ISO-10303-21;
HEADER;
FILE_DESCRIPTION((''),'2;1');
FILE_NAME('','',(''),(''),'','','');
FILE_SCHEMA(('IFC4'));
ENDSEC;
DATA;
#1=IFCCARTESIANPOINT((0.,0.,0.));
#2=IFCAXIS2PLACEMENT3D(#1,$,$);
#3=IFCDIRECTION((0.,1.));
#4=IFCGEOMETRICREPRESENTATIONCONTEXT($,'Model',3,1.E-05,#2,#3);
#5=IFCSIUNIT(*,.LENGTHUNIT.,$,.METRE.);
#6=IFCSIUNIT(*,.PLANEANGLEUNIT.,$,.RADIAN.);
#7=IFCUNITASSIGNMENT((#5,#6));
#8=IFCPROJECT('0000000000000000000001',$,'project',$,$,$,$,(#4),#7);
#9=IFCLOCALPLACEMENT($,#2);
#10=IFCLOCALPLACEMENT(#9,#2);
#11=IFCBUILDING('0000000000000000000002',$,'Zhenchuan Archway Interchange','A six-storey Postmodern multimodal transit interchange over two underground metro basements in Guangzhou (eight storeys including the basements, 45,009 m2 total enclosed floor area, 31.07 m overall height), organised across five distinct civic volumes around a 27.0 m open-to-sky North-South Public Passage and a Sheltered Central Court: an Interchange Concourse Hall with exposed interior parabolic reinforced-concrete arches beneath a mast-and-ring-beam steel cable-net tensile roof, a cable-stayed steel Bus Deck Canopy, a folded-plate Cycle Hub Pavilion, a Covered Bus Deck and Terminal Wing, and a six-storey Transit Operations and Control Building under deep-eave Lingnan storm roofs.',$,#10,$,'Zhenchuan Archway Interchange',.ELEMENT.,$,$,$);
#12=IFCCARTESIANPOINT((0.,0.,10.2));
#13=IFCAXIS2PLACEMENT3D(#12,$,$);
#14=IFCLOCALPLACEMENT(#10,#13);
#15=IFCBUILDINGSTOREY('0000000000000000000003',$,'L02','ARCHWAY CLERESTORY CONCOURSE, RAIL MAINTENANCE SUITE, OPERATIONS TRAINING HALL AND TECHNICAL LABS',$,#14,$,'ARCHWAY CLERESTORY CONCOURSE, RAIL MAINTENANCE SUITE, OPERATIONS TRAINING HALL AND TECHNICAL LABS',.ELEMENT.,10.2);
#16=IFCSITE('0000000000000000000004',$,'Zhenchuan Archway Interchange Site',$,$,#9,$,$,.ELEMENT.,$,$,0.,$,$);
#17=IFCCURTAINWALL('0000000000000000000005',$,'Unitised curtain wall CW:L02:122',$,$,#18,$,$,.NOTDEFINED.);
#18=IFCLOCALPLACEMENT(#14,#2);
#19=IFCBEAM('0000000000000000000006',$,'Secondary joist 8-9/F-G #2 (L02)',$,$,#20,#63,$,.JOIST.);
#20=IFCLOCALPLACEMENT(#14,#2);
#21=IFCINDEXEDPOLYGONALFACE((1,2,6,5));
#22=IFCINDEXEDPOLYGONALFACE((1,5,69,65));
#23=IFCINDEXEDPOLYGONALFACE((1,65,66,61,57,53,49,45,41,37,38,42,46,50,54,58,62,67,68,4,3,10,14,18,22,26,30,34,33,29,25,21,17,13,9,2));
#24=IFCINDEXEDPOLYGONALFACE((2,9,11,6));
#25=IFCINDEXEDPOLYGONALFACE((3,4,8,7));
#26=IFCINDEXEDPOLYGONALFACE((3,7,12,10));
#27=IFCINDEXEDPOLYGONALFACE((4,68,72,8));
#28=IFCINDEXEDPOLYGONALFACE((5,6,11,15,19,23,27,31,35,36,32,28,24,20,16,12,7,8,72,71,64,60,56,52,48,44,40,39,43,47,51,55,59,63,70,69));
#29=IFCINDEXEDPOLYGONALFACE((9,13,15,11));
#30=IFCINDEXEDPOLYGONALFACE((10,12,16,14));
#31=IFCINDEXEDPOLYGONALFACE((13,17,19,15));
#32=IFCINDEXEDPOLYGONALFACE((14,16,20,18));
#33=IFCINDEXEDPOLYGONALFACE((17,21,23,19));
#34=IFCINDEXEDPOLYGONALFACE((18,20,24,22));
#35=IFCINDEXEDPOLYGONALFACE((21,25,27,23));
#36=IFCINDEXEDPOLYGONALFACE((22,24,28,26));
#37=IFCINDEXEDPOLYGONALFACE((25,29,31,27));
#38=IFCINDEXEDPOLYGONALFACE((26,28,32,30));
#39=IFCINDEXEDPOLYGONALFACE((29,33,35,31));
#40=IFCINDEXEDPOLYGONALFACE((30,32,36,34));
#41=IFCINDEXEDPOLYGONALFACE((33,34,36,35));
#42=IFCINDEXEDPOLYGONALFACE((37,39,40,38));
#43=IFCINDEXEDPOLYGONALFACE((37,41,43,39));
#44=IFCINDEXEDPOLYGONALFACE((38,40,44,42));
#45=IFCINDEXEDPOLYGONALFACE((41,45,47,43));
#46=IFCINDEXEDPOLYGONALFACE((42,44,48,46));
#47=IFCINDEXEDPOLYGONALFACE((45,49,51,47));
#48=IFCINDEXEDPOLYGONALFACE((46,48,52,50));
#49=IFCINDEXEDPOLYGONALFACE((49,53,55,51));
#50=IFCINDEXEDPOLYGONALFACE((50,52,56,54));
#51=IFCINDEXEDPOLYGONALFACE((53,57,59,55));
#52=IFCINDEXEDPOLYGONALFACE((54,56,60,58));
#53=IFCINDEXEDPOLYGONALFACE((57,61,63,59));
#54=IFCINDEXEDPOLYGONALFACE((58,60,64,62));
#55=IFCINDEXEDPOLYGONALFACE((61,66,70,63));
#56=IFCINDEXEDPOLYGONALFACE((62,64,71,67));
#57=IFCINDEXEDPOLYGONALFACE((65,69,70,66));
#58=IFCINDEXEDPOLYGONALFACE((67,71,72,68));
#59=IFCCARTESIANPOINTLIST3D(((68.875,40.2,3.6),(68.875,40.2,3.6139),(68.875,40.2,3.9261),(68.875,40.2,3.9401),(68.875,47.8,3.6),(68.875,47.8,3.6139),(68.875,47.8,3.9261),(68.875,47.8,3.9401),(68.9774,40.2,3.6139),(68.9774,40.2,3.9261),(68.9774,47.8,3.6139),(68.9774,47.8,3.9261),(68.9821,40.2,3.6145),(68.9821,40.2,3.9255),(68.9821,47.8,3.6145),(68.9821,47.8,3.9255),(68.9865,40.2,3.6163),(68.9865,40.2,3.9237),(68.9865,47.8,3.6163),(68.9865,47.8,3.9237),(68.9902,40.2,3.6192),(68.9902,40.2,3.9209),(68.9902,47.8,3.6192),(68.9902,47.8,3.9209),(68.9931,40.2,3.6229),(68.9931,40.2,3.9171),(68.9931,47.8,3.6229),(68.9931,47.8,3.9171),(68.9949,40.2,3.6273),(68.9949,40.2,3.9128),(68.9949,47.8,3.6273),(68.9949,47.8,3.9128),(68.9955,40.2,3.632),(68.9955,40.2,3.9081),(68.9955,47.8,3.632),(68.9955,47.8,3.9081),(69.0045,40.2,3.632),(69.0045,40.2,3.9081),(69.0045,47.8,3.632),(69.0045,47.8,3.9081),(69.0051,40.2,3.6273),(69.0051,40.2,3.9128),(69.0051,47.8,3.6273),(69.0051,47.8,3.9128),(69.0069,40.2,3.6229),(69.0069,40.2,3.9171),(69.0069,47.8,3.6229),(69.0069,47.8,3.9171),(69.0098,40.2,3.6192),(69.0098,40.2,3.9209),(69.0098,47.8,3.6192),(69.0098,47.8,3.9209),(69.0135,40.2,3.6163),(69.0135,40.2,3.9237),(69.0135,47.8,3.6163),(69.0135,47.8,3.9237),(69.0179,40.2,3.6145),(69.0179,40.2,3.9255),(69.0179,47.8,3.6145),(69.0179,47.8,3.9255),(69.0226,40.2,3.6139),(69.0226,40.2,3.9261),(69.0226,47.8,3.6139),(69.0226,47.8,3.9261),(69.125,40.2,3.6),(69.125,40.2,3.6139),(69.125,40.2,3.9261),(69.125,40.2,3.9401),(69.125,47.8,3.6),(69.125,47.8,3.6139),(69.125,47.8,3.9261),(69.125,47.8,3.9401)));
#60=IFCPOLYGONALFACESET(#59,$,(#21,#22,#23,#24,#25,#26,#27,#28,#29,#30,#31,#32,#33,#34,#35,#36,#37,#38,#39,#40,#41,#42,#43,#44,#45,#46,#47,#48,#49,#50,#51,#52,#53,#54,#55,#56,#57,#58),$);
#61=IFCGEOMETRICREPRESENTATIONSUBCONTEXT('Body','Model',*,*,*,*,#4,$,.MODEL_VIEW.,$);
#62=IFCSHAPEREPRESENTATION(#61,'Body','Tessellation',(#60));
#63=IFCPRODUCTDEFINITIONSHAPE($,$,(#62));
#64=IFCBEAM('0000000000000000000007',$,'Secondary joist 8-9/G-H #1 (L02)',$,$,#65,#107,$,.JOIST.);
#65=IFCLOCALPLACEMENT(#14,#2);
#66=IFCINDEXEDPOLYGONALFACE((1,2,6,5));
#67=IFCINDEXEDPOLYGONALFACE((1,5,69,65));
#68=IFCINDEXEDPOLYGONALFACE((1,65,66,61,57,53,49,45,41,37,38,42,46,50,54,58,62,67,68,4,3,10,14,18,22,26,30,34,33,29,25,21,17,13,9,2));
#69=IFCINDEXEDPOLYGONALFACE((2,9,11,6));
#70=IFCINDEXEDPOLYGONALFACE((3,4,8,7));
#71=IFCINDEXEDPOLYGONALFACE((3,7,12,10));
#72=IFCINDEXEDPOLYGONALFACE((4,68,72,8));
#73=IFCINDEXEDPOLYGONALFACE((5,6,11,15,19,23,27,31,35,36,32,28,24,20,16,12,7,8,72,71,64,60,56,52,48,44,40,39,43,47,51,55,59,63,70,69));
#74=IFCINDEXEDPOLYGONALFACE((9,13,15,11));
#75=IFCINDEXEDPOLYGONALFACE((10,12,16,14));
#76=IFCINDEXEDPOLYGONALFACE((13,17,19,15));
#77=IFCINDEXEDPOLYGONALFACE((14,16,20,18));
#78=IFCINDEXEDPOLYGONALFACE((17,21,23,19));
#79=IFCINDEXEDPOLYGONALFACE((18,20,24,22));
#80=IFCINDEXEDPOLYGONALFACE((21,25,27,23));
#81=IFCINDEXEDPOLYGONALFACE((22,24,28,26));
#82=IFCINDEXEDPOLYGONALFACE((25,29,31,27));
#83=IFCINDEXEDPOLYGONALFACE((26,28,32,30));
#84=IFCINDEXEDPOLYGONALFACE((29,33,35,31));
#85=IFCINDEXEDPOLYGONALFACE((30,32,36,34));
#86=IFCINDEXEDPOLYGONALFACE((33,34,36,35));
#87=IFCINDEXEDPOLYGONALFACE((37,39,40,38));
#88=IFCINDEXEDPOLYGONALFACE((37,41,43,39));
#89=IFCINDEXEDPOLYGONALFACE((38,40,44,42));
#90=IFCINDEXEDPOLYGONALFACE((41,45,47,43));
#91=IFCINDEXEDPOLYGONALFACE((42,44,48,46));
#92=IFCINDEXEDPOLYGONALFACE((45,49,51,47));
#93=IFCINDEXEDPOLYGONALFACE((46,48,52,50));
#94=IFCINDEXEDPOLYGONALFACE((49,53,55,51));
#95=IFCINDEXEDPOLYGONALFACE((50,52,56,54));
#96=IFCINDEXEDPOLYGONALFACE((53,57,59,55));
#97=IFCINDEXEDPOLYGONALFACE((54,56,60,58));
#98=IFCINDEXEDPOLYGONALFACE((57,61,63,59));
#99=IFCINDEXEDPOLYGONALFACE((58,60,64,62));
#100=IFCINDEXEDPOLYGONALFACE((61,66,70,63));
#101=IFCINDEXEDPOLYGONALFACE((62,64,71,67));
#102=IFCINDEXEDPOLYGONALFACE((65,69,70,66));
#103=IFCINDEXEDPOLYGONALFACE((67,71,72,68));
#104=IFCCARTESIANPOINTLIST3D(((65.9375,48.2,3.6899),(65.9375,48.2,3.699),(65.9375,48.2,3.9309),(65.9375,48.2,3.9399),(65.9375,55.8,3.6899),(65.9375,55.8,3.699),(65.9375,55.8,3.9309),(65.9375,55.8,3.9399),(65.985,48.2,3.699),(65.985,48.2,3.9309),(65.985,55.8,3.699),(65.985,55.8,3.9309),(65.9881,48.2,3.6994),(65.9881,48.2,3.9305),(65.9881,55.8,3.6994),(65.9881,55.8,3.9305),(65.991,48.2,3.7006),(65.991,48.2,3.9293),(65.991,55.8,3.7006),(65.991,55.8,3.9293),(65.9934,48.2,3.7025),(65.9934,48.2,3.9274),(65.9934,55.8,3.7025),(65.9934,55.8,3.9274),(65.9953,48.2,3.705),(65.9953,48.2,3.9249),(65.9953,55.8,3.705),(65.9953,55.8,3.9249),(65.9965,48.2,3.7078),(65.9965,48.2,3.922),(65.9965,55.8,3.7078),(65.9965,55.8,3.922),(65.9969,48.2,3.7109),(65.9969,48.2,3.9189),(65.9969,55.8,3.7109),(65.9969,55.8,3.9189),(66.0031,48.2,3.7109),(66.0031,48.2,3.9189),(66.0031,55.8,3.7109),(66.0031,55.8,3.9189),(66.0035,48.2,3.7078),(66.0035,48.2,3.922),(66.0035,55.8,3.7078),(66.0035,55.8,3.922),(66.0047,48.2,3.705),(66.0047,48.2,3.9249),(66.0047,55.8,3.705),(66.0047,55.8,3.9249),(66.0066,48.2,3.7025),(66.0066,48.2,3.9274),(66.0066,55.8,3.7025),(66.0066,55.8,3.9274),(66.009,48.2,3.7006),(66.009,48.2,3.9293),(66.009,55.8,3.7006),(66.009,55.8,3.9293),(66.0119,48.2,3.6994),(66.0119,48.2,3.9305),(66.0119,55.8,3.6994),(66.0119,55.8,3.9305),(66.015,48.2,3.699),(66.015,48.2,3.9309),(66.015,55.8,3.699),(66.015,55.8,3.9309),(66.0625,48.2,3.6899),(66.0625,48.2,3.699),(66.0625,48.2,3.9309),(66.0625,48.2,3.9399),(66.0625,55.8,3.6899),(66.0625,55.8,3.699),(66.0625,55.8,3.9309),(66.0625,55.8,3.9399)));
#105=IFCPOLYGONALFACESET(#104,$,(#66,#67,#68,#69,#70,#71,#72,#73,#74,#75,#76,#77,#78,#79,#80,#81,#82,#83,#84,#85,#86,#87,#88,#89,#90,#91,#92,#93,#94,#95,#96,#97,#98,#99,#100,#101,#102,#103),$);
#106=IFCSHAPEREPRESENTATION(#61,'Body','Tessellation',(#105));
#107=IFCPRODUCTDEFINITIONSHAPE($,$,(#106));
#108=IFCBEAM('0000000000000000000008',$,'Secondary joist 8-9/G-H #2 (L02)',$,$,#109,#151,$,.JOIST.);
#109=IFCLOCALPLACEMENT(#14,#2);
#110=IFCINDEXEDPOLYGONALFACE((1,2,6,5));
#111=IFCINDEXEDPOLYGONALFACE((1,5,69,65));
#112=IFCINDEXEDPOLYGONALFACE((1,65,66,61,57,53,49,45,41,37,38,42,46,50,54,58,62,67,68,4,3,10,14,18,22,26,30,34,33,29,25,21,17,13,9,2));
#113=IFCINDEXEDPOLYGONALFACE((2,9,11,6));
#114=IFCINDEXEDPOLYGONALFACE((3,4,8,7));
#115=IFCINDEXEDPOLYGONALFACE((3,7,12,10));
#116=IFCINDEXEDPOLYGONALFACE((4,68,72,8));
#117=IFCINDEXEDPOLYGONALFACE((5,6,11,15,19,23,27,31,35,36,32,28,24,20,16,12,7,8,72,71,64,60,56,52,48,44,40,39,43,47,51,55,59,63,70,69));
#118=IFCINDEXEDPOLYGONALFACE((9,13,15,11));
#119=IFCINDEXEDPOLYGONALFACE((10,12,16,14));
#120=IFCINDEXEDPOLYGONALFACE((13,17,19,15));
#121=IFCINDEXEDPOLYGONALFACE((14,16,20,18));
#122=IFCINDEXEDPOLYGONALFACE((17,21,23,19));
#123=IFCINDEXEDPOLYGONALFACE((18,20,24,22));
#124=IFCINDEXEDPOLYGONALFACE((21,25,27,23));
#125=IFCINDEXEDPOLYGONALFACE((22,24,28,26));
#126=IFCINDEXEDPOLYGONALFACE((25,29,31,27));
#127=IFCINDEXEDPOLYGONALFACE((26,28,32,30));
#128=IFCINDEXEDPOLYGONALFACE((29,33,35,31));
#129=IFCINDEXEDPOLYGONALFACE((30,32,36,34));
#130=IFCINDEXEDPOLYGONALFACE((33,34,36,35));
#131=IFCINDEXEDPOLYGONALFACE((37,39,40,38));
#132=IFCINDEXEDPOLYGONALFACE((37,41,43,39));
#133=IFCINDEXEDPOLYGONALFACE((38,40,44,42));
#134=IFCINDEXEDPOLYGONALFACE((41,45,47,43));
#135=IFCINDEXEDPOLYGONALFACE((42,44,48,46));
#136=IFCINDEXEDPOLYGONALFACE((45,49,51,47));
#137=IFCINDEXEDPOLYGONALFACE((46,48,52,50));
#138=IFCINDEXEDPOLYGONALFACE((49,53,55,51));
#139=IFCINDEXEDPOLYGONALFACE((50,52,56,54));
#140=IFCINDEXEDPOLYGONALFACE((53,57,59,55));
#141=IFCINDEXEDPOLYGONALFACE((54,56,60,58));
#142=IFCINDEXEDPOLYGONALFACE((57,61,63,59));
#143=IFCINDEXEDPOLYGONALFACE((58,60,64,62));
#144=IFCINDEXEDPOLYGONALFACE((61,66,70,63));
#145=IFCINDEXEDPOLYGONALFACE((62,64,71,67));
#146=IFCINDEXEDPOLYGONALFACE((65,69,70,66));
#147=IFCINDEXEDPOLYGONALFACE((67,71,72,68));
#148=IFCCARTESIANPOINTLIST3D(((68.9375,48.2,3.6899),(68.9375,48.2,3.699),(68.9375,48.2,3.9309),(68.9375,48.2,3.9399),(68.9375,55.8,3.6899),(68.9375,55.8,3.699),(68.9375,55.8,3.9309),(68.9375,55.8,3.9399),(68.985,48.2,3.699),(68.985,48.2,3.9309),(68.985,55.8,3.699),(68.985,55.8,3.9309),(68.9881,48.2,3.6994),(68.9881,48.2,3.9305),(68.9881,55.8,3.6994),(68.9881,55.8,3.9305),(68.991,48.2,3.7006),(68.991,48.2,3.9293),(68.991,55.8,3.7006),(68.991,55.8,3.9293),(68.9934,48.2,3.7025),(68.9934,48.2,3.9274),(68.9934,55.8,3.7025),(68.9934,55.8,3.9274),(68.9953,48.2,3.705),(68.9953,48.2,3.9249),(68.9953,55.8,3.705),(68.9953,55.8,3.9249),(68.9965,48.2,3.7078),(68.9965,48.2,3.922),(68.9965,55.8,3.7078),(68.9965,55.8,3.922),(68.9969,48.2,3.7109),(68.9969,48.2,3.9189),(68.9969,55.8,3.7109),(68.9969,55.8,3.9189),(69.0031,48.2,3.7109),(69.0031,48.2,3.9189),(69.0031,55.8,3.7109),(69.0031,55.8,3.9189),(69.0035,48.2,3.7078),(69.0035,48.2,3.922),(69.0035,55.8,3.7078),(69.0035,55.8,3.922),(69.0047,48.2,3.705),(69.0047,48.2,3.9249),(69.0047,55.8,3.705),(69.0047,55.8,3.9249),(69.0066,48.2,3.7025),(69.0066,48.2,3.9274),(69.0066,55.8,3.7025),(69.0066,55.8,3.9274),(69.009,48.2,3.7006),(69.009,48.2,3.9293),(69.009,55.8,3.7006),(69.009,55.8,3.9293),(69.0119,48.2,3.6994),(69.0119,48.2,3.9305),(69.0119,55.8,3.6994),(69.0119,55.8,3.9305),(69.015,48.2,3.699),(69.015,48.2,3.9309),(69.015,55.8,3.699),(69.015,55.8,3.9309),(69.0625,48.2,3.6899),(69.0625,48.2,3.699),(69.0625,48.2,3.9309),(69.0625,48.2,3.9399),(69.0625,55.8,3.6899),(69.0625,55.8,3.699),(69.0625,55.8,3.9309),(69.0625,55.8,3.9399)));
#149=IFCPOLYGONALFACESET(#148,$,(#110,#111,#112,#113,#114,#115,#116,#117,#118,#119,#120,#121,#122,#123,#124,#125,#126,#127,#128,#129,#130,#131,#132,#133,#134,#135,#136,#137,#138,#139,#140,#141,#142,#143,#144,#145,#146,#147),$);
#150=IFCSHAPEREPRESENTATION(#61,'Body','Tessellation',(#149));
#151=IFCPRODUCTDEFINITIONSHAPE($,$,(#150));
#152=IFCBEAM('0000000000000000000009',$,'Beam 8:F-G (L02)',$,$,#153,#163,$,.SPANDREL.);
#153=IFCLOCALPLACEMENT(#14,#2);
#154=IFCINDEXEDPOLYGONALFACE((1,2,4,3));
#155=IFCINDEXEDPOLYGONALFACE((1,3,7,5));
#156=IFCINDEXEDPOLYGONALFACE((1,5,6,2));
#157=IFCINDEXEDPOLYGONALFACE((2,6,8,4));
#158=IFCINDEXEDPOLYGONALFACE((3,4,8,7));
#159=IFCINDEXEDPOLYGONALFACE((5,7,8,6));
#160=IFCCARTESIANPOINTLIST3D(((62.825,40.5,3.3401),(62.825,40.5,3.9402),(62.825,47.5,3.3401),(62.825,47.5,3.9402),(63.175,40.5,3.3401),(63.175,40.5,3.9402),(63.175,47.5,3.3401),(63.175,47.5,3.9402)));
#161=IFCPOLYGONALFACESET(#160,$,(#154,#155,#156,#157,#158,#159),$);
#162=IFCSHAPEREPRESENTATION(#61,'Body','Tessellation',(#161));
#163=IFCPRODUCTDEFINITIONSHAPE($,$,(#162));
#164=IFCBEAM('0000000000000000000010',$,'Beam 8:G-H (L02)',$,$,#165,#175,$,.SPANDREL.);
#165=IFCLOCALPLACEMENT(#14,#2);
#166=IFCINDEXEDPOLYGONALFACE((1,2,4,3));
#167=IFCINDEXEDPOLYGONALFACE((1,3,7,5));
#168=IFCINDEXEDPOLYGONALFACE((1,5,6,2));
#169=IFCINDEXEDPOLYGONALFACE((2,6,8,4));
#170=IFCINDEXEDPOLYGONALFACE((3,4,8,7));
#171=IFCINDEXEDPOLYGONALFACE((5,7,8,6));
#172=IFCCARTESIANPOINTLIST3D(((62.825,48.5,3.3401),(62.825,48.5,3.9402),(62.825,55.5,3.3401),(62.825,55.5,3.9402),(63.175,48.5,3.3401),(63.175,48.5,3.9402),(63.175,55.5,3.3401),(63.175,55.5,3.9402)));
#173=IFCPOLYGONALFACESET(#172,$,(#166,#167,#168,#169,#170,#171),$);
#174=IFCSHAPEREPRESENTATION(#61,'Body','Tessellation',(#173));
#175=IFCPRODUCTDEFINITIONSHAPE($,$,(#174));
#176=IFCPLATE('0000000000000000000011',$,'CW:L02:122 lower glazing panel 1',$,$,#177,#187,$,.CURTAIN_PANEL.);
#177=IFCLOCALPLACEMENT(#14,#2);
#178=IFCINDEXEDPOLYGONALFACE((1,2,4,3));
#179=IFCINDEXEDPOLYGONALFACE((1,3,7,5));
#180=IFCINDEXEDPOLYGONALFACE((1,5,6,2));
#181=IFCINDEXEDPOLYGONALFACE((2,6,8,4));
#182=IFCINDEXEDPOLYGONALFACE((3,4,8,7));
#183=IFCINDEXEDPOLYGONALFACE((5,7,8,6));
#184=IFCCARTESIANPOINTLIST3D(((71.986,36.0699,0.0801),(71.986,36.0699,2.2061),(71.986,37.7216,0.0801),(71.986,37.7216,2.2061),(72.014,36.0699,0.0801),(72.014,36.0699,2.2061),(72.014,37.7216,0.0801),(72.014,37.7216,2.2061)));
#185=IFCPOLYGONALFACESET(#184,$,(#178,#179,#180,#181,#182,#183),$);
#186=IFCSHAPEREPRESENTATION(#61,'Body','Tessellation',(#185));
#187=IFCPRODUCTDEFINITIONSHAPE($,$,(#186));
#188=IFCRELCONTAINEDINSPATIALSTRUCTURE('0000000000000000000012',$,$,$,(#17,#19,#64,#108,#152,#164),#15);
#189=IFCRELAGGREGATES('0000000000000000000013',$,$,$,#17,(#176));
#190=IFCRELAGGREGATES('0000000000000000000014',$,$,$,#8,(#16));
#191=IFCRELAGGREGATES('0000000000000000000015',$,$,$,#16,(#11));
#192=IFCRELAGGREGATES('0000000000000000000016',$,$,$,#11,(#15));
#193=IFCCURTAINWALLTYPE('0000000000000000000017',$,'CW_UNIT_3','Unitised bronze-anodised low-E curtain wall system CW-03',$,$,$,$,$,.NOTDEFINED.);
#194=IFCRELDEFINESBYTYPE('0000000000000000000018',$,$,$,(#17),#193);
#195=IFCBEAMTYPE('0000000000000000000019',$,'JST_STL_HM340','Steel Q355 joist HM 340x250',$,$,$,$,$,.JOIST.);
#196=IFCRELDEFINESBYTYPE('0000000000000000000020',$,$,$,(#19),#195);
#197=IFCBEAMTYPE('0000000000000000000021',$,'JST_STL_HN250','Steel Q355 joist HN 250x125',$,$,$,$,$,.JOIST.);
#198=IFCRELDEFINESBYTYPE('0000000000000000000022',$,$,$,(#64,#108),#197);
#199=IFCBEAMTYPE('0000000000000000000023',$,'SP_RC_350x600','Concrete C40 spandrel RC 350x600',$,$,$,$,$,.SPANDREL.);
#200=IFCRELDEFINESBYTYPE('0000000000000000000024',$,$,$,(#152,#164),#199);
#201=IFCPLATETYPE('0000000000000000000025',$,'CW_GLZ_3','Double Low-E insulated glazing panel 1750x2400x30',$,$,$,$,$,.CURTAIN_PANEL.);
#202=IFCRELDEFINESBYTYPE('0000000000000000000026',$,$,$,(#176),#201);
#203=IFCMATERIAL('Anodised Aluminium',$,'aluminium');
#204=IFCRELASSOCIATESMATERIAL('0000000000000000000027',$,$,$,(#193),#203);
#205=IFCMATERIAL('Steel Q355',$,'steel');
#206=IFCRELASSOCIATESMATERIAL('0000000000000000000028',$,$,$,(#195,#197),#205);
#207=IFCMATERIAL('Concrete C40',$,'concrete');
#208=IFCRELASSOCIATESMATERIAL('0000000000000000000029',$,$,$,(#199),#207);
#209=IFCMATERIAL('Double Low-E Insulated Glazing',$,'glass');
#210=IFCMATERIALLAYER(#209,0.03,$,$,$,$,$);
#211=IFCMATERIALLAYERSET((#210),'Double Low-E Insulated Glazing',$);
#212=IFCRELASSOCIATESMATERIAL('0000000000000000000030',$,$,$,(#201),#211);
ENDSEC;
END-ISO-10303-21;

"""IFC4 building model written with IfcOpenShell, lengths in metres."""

from ifc_helpers import new_model, si_unit, direction, frame, origin, origin_2d, place, context, subcontext, project, spatial, rectangle, i_section, extrude, material, layer, layer_set, material_profile, profile_set, type_object, element, aggregate, save


model = new_model("IFC4")

# Units and contexts
model_context = context("Model", 3, precision=1e-05, world=origin(), true_north=direction((0.0, 1.0)))
body_context = subcontext(model_context, "Body", "Model", "MODEL_VIEW")
ifc_project = project(units=[si_unit("LENGTHUNIT", "METRE"), si_unit("PLANEANGLEUNIT", "RADIAN")], contexts=[model_context])

# Site, building, storey
site_placement = place(None, origin())
site = spatial("IfcSite", under=ifc_project, at=site_placement, Name="Zhenchuan Archway Interchange Site", CompositionType="ELEMENT", RefElevation=0.0)
building_placement = place(site_placement, origin())
building = spatial("IfcBuilding", under=site, at=building_placement, Name="Zhenchuan Archway Interchange", Description="A six-storey Postmodern multimodal transit interchange over two underground metro basements in Guangzhou (eight storeys including the basements, 45,009 m2 total enclosed floor area, 31.07 m overall height), organised across five distinct civic volumes around a 27.0 m open-to-sky North-South Public Passage and a Sheltered Central Court: an Interchange Concourse Hall with exposed interior parabolic reinforced-concrete arches beneath a mast-and-ring-beam steel cable-net tensile roof, a cable-stayed steel Bus Deck Canopy, a folded-plate Cycle Hub Pavilion, a Covered Bus Deck and Terminal Wing, and a six-storey Transit Operations and Control Building under deep-eave Lingnan storm roofs.", LongName="Zhenchuan Archway Interchange", CompositionType="ELEMENT")
storey_placement = place(building_placement, frame((0.0, 0.0, 10.2)))
storey = spatial("IfcBuildingStorey", under=building, at=storey_placement, Name="L02", Description="ARCHWAY CLERESTORY CONCOURSE, RAIL MAINTENANCE SUITE, OPERATIONS TRAINING HALL AND TECHNICAL LABS", LongName="ARCHWAY CLERESTORY CONCOURSE, RAIL MAINTENANCE SUITE, OPERATIONS TRAINING HALL AND TECHNICAL LABS", CompositionType="ELEMENT", Elevation=10.2)

# Shared definitions
ifc_material_1 = material(Name="Concrete C40", Category="concrete")

# Curtain wall
ifc_material_2 = material(Name="Anodised Aluminium", Category="aluminium")
curtain_wall_type = type_object("IfcCurtainWallType", Name="CW_UNIT_3", Description="Unitised bronze-anodised low-E curtain wall system CW-03", PredefinedType="NOTDEFINED", material=ifc_material_2)
curtain_wall_placement = place(storey_placement, origin())
curtain_wall = element("IfcCurtainWall", 1, at=curtain_wall_placement, inside=storey, type_object=curtain_wall_type, Name="Unitised curtain wall CW:L02:122", PredefinedType="NOTDEFINED")

# Beams
ifc_material_3 = material(Name="Steel Q355", Category="steel")
ifc_material_profile_1 = material_profile(ifc_material_3, i_section(OverallWidth=0.25, OverallDepth=0.3401, WebThickness=0.009, FlangeThickness=0.0139, FilletRadius=0.0181, at=origin_2d()), Name="HM 340x250")
ifc_profile_set_1 = profile_set([ifc_material_profile_1], Name="Steel Q355")
beam_type_1 = type_object("IfcBeamType", Name="JST_STL_HM340", Description="Steel Q355 joist HM 340x250", PredefinedType="JOIST", material=ifc_profile_set_1)
for number, where, z_axis, x_axis, name in (
    (2, (69.0, 40.2, 3.77), (0.0, 1.0, 0.0), (-1.0, 0.0, 0.0), "Secondary joist 8-9/F-G #2 (L02)"),
):
    element("IfcBeam", number, at=place(storey_placement, frame(where, z_axis=z_axis, x_axis=x_axis)), inside=storey, type_object=beam_type_1, Name=name, PredefinedType="JOIST", context=body_context, shape_type="SweptSolid", body=[
        extrude(i_section(OverallWidth=0.25, OverallDepth=0.3401, WebThickness=0.009, FlangeThickness=0.0139, FilletRadius=0.0181, at=origin_2d()), origin(), (0.0, 0.0, 1.0), 7.6001),
    ])
ifc_material_profile_2 = material_profile(ifc_material_3, i_section(OverallWidth=0.125, OverallDepth=0.25, WebThickness=0.0061, FlangeThickness=0.009, FilletRadius=0.012, at=origin_2d()), Name="HN 250x125")
ifc_profile_set_2 = profile_set([ifc_material_profile_2], Name="Steel Q355")
beam_type_2 = type_object("IfcBeamType", Name="JST_STL_HN250", Description="Steel Q355 joist HN 250x125", PredefinedType="JOIST", material=ifc_profile_set_2)
for number, where, z_axis, x_axis, name in (
    (3, (66.0, 48.2, 3.8149), (0.0, 1.0, 0.0), (-1.0, 0.0, 0.0), "Secondary joist 8-9/G-H #1 (L02)"),
    (4, (69.0, 48.2, 3.8149), (0.0, 1.0, 0.0), (-1.0, 0.0, 0.0), "Secondary joist 8-9/G-H #2 (L02)"),
):
    element("IfcBeam", number, at=place(storey_placement, frame(where, z_axis=z_axis, x_axis=x_axis)), inside=storey, type_object=beam_type_2, Name=name, PredefinedType="JOIST", context=body_context, shape_type="SweptSolid", body=[
        extrude(i_section(OverallWidth=0.125, OverallDepth=0.25, WebThickness=0.0061, FlangeThickness=0.009, FilletRadius=0.012, at=origin_2d()), origin(), (0.0, 0.0, 1.0), 7.6001),
    ])
ifc_material_profile_3 = material_profile(ifc_material_1, rectangle(XDim=0.3501, YDim=0.6001, at=origin_2d()), Name="RC 350x600")
ifc_profile_set_3 = profile_set([ifc_material_profile_3], Name="Concrete C40")
beam_type_3 = type_object("IfcBeamType", Name="SP_RC_350x600", Description="Concrete C40 spandrel RC 350x600", PredefinedType="SPANDREL", material=ifc_profile_set_3)
for number, where, z_axis, x_axis, name in (
    (5, (63.0, 40.5, 3.6401), (0.0, 1.0, 0.0), (-1.0, 0.0, 0.0), "Beam 8:F-G (L02)"),
    (6, (63.0, 48.5, 3.6401), (0.0, 1.0, 0.0), (-1.0, 0.0, 0.0), "Beam 8:G-H (L02)"),
):
    element("IfcBeam", number, at=place(storey_placement, frame(where, z_axis=z_axis, x_axis=x_axis)), inside=storey, type_object=beam_type_3, Name=name, PredefinedType="SPANDREL", context=body_context, shape_type="SweptSolid", body=[
        extrude(rectangle(XDim=0.3501, YDim=0.6001, at=origin_2d()), origin(), (0.0, 0.0, 1.0), 7.0),
    ])

# Plate
ifc_material_4 = material(Name="Double Low-E Insulated Glazing", Category="glass")
ifc_layer_1 = layer(ifc_material_4, 0.03)
ifc_layer_set_1 = layer_set([ifc_layer_1], Name="Double Low-E Insulated Glazing")
plate_type_1 = type_object("IfcPlateType", Name="CW_GLZ_3", Description="Double Low-E insulated glazing panel 1750x2400x30", PredefinedType="CURTAIN_PANEL", material=ifc_layer_set_1)
plate_1_placement = place(storey_placement, frame((72.0, 36.8958, 0.0801), z_axis=(0.0, 0.0, 1.0), x_axis=(0.0, -1.0, 0.0)))
plate_1 = element("IfcPlate", 7, at=plate_1_placement, type_object=plate_type_1, Name="CW:L02:122 lower glazing panel 1", PredefinedType="CURTAIN_PANEL", context=body_context, shape_type="SweptSolid", body=[
    extrude(rectangle(XDim=1.6516, YDim=0.0281, at=origin_2d()), origin(), (0.0, 0.0, 1.0), 2.126),
])
aggregate(curtain_wall, [plate_1])

save(model, "model.ifc")
